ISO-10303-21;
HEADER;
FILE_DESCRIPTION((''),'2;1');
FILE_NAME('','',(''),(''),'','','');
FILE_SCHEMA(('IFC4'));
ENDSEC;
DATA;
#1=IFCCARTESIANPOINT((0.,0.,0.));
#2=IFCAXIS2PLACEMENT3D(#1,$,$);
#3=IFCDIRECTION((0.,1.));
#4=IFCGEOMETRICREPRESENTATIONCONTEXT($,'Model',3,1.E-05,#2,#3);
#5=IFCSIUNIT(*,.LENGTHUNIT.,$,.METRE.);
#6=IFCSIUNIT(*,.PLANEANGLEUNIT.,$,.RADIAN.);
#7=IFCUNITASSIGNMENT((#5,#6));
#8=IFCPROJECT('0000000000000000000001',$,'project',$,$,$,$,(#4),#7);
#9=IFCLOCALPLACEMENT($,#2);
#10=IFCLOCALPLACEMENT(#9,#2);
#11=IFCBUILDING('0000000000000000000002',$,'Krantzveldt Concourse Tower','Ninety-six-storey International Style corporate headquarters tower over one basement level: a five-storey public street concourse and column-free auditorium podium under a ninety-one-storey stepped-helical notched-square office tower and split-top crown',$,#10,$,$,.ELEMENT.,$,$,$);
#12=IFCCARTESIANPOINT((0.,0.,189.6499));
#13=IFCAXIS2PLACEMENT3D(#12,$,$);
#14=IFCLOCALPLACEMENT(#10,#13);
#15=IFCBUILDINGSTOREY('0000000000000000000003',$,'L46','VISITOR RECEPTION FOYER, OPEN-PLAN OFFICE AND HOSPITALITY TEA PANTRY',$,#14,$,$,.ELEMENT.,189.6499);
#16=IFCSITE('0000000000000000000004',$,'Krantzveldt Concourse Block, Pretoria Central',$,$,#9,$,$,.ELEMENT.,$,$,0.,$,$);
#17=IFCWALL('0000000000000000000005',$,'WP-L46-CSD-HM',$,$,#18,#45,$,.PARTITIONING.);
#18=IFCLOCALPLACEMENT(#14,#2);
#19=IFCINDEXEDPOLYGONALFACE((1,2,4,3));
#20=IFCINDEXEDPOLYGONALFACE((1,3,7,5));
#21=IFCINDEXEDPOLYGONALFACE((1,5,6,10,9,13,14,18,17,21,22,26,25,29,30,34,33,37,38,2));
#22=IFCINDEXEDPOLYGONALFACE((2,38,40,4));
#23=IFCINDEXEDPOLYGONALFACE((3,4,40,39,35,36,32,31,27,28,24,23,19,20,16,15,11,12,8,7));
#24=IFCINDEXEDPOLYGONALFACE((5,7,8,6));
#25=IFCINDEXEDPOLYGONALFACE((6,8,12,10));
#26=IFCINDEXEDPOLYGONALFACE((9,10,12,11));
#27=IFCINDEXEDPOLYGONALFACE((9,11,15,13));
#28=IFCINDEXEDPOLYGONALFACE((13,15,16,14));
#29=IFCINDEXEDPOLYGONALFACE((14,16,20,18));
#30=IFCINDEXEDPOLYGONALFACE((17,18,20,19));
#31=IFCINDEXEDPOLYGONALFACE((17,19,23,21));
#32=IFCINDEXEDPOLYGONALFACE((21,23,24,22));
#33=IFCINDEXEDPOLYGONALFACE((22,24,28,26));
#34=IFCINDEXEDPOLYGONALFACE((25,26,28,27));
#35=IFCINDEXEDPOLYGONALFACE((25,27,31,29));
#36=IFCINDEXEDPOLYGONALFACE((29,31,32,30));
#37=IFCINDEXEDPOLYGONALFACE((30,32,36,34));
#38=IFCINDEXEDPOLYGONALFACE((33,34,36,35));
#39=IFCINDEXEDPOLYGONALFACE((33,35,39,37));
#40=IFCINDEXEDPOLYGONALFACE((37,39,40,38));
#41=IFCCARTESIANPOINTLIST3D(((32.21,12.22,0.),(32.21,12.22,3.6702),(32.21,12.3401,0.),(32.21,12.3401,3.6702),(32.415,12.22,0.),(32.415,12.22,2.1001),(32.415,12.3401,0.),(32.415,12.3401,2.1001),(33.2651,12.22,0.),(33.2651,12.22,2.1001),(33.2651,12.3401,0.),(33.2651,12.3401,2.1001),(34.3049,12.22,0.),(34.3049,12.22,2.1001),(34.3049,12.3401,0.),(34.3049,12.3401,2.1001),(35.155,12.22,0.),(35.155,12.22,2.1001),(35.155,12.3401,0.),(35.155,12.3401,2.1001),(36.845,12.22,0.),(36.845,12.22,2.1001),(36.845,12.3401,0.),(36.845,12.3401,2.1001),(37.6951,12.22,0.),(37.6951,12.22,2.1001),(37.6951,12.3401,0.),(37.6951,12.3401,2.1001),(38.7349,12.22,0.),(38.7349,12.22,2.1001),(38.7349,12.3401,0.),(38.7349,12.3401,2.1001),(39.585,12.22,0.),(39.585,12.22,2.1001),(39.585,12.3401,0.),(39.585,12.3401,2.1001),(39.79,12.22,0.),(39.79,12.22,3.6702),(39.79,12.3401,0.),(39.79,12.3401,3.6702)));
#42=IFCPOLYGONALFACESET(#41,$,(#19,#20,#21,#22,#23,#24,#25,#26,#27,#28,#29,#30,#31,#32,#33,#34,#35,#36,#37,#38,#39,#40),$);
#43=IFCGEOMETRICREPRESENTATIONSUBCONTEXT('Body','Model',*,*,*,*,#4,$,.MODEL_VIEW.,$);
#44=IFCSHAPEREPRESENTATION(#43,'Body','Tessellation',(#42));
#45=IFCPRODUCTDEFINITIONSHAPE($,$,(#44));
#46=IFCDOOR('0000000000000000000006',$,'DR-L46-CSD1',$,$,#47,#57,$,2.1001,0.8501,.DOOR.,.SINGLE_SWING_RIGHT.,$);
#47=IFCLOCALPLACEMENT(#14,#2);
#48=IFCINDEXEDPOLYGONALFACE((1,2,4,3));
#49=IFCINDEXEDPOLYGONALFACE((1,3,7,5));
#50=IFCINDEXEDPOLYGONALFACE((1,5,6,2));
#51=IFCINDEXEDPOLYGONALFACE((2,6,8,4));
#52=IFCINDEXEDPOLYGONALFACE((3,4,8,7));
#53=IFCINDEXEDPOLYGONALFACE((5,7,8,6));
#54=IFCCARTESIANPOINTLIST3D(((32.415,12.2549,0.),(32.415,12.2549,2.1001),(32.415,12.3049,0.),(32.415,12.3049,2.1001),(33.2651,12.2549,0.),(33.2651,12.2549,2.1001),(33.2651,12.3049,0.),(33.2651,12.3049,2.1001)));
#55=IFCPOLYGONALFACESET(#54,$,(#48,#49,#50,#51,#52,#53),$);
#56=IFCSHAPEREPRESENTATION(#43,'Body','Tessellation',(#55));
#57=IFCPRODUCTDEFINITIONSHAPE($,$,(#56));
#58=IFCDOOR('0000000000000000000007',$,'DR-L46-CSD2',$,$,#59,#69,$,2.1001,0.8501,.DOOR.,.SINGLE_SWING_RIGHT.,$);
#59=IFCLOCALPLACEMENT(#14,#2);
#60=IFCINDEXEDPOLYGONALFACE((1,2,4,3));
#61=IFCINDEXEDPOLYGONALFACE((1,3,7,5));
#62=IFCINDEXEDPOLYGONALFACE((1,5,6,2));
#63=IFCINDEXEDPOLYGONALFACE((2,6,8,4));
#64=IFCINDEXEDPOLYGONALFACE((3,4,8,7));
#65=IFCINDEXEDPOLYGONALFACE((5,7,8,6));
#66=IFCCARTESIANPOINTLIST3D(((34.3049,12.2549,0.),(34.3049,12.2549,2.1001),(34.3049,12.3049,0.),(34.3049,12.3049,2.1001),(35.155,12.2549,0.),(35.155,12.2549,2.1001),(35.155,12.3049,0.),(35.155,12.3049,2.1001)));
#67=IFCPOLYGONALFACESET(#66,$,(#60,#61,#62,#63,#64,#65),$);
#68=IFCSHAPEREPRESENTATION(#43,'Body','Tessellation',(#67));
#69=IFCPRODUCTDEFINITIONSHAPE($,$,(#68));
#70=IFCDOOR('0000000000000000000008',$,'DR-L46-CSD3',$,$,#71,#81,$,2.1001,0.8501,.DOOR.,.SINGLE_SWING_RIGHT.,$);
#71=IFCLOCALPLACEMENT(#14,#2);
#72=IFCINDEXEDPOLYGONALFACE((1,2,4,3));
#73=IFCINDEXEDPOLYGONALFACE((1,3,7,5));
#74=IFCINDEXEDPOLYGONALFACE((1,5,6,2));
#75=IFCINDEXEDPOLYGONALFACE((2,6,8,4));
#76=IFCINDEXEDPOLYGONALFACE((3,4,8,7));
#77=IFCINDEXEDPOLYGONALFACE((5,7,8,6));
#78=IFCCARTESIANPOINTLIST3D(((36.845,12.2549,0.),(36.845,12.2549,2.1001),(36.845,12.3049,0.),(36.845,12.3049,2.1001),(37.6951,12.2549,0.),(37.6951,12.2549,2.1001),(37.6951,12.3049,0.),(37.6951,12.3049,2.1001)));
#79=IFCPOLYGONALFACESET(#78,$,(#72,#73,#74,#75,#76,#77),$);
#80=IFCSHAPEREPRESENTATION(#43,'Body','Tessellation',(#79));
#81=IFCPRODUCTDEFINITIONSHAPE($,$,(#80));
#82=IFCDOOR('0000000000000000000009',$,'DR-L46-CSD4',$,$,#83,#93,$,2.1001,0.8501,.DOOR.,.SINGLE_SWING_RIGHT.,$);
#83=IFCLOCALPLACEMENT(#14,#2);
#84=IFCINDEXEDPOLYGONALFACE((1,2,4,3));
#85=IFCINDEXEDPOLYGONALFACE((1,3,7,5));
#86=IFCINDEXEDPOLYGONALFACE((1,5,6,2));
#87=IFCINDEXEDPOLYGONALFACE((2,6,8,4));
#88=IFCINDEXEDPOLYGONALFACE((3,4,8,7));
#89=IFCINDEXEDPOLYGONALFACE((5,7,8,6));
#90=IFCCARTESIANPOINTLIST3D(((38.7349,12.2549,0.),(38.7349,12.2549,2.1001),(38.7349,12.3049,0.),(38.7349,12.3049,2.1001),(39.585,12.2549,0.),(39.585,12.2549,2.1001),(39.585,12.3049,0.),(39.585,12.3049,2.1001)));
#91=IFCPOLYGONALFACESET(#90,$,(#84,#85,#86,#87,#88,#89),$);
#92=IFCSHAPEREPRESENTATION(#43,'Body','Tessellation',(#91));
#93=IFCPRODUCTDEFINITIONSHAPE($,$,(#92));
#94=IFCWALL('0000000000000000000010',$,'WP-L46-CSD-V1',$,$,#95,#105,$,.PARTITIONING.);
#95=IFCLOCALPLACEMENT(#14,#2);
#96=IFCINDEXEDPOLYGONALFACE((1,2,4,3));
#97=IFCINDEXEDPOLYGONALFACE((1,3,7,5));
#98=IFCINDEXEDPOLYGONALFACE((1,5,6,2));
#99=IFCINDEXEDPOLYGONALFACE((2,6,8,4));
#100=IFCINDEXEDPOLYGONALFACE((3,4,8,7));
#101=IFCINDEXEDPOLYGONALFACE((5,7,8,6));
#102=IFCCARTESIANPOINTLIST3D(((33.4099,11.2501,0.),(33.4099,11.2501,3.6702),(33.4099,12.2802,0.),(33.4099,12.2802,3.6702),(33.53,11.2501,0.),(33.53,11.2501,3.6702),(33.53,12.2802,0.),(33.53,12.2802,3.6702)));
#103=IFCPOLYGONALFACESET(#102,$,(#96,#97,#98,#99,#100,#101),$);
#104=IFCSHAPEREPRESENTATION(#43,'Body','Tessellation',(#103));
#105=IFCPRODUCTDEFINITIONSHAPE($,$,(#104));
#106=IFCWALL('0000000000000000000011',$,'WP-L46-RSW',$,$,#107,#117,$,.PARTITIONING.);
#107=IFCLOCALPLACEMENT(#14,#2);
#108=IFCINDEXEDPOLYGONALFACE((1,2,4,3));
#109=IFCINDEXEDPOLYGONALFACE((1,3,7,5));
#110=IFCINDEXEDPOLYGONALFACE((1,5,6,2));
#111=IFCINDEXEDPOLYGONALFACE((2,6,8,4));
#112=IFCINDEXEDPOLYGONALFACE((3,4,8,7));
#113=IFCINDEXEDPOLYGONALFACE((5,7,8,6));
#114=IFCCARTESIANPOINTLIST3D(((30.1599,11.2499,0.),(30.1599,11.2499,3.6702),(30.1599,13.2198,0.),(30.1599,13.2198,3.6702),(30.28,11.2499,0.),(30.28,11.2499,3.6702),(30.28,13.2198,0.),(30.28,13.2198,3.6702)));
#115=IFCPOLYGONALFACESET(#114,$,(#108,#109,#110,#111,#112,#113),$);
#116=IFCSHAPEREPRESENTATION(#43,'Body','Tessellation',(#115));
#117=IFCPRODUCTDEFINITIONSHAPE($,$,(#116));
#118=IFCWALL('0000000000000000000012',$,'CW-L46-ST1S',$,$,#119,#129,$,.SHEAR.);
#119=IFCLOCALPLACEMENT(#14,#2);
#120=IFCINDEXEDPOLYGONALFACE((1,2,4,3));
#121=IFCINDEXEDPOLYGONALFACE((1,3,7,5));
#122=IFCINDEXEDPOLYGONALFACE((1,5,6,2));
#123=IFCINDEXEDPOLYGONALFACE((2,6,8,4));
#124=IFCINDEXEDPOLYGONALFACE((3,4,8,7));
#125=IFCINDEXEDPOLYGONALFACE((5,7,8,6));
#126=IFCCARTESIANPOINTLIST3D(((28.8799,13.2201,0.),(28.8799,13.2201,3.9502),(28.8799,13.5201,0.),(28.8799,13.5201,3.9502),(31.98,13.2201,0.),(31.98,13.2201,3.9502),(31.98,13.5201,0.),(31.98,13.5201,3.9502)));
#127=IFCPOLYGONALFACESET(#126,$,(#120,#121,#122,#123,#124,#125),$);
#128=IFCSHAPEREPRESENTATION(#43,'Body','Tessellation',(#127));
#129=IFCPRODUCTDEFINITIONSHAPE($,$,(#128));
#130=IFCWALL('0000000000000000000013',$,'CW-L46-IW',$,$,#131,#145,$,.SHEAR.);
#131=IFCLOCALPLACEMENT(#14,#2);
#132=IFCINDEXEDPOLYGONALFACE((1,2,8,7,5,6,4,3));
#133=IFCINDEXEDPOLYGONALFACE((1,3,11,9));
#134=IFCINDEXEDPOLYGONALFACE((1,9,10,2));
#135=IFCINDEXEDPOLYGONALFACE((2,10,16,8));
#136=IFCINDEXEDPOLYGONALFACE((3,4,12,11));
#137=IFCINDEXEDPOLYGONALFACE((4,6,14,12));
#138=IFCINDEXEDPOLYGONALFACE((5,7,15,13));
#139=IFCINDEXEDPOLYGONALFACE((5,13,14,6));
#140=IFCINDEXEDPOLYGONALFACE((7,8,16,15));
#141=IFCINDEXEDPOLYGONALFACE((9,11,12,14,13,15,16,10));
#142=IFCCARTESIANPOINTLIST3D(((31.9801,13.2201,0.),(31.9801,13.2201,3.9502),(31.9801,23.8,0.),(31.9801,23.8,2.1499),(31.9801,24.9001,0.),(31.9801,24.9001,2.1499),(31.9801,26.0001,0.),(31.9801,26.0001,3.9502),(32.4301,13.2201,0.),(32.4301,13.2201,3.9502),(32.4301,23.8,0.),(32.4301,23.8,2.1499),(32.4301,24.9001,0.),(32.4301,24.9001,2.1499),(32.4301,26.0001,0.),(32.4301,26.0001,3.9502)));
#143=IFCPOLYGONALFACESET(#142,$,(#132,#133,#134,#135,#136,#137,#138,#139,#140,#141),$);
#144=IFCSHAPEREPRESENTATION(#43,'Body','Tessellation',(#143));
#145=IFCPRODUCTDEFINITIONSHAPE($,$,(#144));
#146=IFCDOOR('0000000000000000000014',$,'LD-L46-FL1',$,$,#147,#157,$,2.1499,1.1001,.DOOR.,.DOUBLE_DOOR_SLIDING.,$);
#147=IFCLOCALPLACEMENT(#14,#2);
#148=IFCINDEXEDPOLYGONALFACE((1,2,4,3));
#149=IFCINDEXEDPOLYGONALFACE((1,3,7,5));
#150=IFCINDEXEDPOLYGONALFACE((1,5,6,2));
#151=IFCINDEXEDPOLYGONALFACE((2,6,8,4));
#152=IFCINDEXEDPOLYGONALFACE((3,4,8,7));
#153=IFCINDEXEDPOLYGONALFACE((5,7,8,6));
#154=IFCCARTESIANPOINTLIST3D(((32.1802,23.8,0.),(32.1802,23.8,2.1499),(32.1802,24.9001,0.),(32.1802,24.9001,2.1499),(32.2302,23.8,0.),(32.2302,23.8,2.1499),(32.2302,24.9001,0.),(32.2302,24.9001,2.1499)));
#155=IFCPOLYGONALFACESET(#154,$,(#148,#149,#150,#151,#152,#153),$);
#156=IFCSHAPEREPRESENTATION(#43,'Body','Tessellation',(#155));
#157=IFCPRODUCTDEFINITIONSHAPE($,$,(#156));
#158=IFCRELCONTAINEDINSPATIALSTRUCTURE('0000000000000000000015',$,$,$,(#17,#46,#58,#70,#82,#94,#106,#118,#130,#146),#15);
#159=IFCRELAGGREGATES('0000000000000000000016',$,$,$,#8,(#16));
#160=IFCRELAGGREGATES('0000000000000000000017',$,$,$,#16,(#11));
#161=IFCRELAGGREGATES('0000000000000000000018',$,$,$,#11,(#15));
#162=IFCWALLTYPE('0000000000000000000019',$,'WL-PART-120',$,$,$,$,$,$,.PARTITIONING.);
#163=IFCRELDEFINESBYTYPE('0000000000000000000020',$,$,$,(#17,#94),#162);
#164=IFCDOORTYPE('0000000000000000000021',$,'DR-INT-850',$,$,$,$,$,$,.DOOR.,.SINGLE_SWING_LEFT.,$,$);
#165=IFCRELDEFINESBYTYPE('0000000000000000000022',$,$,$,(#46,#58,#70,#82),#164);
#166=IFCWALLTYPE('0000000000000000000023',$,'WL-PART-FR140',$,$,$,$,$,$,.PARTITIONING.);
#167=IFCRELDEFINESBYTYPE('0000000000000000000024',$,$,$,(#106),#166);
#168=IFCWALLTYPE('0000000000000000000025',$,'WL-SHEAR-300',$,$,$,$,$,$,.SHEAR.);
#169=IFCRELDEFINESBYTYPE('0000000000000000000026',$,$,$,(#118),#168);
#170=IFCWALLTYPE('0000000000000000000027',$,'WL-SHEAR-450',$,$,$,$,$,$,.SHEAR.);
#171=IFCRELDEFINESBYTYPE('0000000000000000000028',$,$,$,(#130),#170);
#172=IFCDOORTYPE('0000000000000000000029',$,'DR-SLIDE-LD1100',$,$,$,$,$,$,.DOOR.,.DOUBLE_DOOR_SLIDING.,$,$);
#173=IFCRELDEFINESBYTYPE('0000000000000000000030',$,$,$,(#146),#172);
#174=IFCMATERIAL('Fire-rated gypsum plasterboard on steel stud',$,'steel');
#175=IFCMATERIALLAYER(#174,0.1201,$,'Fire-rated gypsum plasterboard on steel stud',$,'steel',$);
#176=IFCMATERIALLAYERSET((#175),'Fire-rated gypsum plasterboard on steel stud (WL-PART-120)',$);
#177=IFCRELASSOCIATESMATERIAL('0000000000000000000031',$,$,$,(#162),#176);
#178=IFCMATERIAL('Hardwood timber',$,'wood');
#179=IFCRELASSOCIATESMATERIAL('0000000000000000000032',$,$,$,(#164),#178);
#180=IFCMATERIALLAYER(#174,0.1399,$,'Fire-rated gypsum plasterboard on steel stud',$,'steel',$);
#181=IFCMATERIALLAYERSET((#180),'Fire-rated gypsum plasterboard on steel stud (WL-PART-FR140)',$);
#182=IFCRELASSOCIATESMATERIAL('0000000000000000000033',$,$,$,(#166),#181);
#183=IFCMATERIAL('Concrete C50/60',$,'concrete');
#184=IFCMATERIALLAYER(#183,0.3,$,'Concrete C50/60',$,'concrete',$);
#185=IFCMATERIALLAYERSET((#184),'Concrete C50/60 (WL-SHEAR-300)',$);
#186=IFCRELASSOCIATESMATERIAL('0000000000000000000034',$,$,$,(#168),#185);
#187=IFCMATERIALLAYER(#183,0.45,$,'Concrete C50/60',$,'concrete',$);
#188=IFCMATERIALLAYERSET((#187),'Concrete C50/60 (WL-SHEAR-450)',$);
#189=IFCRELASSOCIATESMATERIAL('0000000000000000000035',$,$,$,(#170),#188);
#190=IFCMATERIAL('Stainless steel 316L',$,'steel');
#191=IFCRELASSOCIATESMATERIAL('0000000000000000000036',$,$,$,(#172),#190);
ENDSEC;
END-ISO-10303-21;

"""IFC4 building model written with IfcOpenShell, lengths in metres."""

from ifc_helpers import new_model, si_unit, direction, frame, frame_2d, origin, place, context, subcontext, project, spatial, rectangle, extrude, material, layer, layer_set, type_object, element, fill, save


model = new_model("IFC4")

# Units and contexts
model_context = context("Model", 3, precision=1e-05, world=origin(), true_north=direction((0.0, 1.0)))
body_context = subcontext(model_context, "Body", "Model", "MODEL_VIEW")
ifc_project = project(units=[si_unit("LENGTHUNIT", "METRE"), si_unit("PLANEANGLEUNIT", "RADIAN")], contexts=[model_context])

# Site, building, storey
site_placement = place(None, origin())
site = spatial("IfcSite", under=ifc_project, at=site_placement, Name="Krantzveldt Concourse Block, Pretoria Central", CompositionType="ELEMENT", RefElevation=0.0)
building_placement = place(site_placement, origin())
building = spatial("IfcBuilding", under=site, at=building_placement, Name="Krantzveldt Concourse Tower", Description="Ninety-six-storey International Style corporate headquarters tower over one basement level: a five-storey public street concourse and column-free auditorium podium under a ninety-one-storey stepped-helical notched-square office tower and split-top crown", CompositionType="ELEMENT")
storey_placement = place(building_placement, frame((0.0, 0.0, 189.6499)))
storey = spatial("IfcBuildingStorey", under=building, at=storey_placement, Name="L46", Description="VISITOR RECEPTION FOYER, OPEN-PLAN OFFICE AND HOSPITALITY TEA PANTRY", CompositionType="ELEMENT", Elevation=189.6499)

# Shared definitions
ifc_material_1 = material(Name="Fire-rated gypsum plasterboard on steel stud", Category="steel")
ifc_layer_1 = layer(ifc_material_1, 0.1201, Name="Fire-rated gypsum plasterboard on steel stud", Category="steel")
ifc_layer_set_1 = layer_set([ifc_layer_1], Name="Fire-rated gypsum plasterboard on steel stud (WL-PART-120)")
wall_type_1 = type_object("IfcWallType", Name="WL-PART-120", PredefinedType="PARTITIONING", material=ifc_layer_set_1)
ifc_material_2 = material(Name="Hardwood timber", Category="wood")
door_type_1 = type_object("IfcDoorType", Name="DR-INT-850", OperationType="SINGLE_SWING_LEFT", PredefinedType="DOOR", material=ifc_material_2)

# Wall, openings, doors
wall_1_placement = place(storey_placement, frame((32.21, 12.28, 0.0), z_axis=(0.0, 0.0, 1.0), x_axis=(1.0, 0.0, 0.0)))
wall_1 = element("IfcWall", 1, at=wall_1_placement, inside=storey, type_object=wall_type_1, Name="WP-L46-CSD-HM", PredefinedType="PARTITIONING", context=body_context, shape_type="SweptSolid", body=[
    extrude(rectangle(XDim=7.5801, YDim=0.1201, at=frame_2d((3.79, 0.0))), origin(), (0.0, 0.0, 1.0), 3.6702),
])
opening_1_placement = place(wall_1_placement, frame((0.2051, 0.0, 0.0)))
opening_1 = element("IfcOpeningElement", 2, at=opening_1_placement, cuts=wall_1, PredefinedType="OPENING", context=body_context, shape_type="SweptSolid", body=[
    extrude(rectangle(XDim=0.8501, YDim=2.1001, at=frame_2d((0.425, 1.05))), frame((0.0, 0.0701, 0.0), z_axis=(0.0, -1.0, 0.0), x_axis=(1.0, 0.0, 0.0)), (0.0, 0.0, 1.0), 0.1401),
])
opening_2_placement = place(wall_1_placement, frame((2.095, 0.0, 0.0)))
opening_2 = element("IfcOpeningElement", 3, at=opening_2_placement, cuts=wall_1, PredefinedType="OPENING", context=body_context, shape_type="SweptSolid", body=[
    extrude(rectangle(XDim=0.8501, YDim=2.1001, at=frame_2d((0.425, 1.05))), frame((0.0, 0.0701, 0.0), z_axis=(0.0, -1.0, 0.0), x_axis=(1.0, 0.0, 0.0)), (0.0, 0.0, 1.0), 0.1401),
])
opening_3_placement = place(wall_1_placement, frame((4.635, 0.0, 0.0)))
opening_3 = element("IfcOpeningElement", 4, at=opening_3_placement, cuts=wall_1, PredefinedType="OPENING", context=body_context, shape_type="SweptSolid", body=[
    extrude(rectangle(XDim=0.8501, YDim=2.1001, at=frame_2d((0.425, 1.05))), frame((0.0, 0.0701, 0.0), z_axis=(0.0, -1.0, 0.0), x_axis=(1.0, 0.0, 0.0)), (0.0, 0.0, 1.0), 0.1401),
])
opening_4_placement = place(wall_1_placement, frame((6.5249, 0.0, 0.0)))
opening_4 = element("IfcOpeningElement", 5, at=opening_4_placement, cuts=wall_1, PredefinedType="OPENING", context=body_context, shape_type="SweptSolid", body=[
    extrude(rectangle(XDim=0.8501, YDim=2.1001, at=frame_2d((0.425, 1.05))), frame((0.0, 0.0701, 0.0), z_axis=(0.0, -1.0, 0.0), x_axis=(1.0, 0.0, 0.0)), (0.0, 0.0, 1.0), 0.1401),
])
door_1_placement = place(opening_1_placement, origin())
door_1 = element("IfcDoor", 6, at=door_1_placement, inside=storey, type_object=door_type_1, Name="DR-L46-CSD1", OperationType="SINGLE_SWING_RIGHT", OverallHeight=2.1001, OverallWidth=0.8501, PredefinedType="DOOR", context=body_context, shape_type="SweptSolid", body=[
    extrude(rectangle(XDim=0.8501, YDim=2.1001, at=frame_2d((0.425, 1.05))), frame((0.0, 0.0249, 0.0), z_axis=(0.0, -1.0, 0.0), x_axis=(1.0, 0.0, 0.0)), (0.0, 0.0, 1.0), 0.05),
])
fill(opening_1, door_1)
door_2_placement = place(opening_2_placement, origin())
door_2 = element("IfcDoor", 7, at=door_2_placement, inside=storey, type_object=door_type_1, Name="DR-L46-CSD2", OperationType="SINGLE_SWING_RIGHT", OverallHeight=2.1001, OverallWidth=0.8501, PredefinedType="DOOR", context=body_context, shape_type="SweptSolid", body=[
    extrude(rectangle(XDim=0.8501, YDim=2.1001, at=frame_2d((0.425, 1.05))), frame((0.0, 0.0249, 0.0), z_axis=(0.0, -1.0, 0.0), x_axis=(1.0, 0.0, 0.0)), (0.0, 0.0, 1.0), 0.05),
])
fill(opening_2, door_2)
door_3_placement = place(opening_3_placement, origin())
door_3 = element("IfcDoor", 8, at=door_3_placement, inside=storey, type_object=door_type_1, Name="DR-L46-CSD3", OperationType="SINGLE_SWING_RIGHT", OverallHeight=2.1001, OverallWidth=0.8501, PredefinedType="DOOR", context=body_context, shape_type="SweptSolid", body=[
    extrude(rectangle(XDim=0.8501, YDim=2.1001, at=frame_2d((0.425, 1.05))), frame((0.0, 0.0249, 0.0), z_axis=(0.0, -1.0, 0.0), x_axis=(1.0, 0.0, 0.0)), (0.0, 0.0, 1.0), 0.05),
])
fill(opening_3, door_3)
door_4_placement = place(opening_4_placement, origin())
door_4 = element("IfcDoor", 9, at=door_4_placement, inside=storey, type_object=door_type_1, Name="DR-L46-CSD4", OperationType="SINGLE_SWING_RIGHT", OverallHeight=2.1001, OverallWidth=0.8501, PredefinedType="DOOR", context=body_context, shape_type="SweptSolid", body=[
    extrude(rectangle(XDim=0.8501, YDim=2.1001, at=frame_2d((0.425, 1.05))), frame((0.0, 0.0249, 0.0), z_axis=(0.0, -1.0, 0.0), x_axis=(1.0, 0.0, 0.0)), (0.0, 0.0, 1.0), 0.05),
])
fill(opening_4, door_4)

# Walls
wall_2_placement = place(storey_placement, frame((33.47, 11.25, 0.0), z_axis=(0.0, 0.0, 1.0), x_axis=(0.0, 1.0, 0.0)))
element("IfcWall", 10, at=wall_2_placement, inside=storey, type_object=wall_type_1, Name="WP-L46-CSD-V1", PredefinedType="PARTITIONING", context=body_context, shape_type="SweptSolid", body=[
    extrude(rectangle(XDim=1.03, YDim=0.1201, at=frame_2d((0.5151, 0.0))), origin(), (0.0, 0.0, 1.0), 3.6702),
])
ifc_layer_2 = layer(ifc_material_1, 0.1399, Name="Fire-rated gypsum plasterboard on steel stud", Category="steel")
ifc_layer_set_2 = layer_set([ifc_layer_2], Name="Fire-rated gypsum plasterboard on steel stud (WL-PART-FR140)")
wall_type_2 = type_object("IfcWallType", Name="WL-PART-FR140", PredefinedType="PARTITIONING", material=ifc_layer_set_2)
wall_3_placement = place(storey_placement, frame((30.22, 11.25, 0.0), z_axis=(0.0, 0.0, 1.0), x_axis=(0.0, 1.0, 0.0)))
element("IfcWall", 11, at=wall_3_placement, inside=storey, type_object=wall_type_2, Name="WP-L46-RSW", PredefinedType="PARTITIONING", context=body_context, shape_type="SweptSolid", body=[
    extrude(rectangle(XDim=1.97, YDim=0.1201, at=frame_2d((0.9849, 0.0))), origin(), (0.0, 0.0, 1.0), 3.6702),
])
ifc_material_3 = material(Name="Concrete C50/60", Category="concrete")
ifc_layer_3 = layer(ifc_material_3, 0.3, Name="Concrete C50/60", Category="concrete")
ifc_layer_set_3 = layer_set([ifc_layer_3], Name="Concrete C50/60 (WL-SHEAR-300)")
wall_type_3 = type_object("IfcWallType", Name="WL-SHEAR-300", PredefinedType="SHEAR", material=ifc_layer_set_3)
wall_4_placement = place(storey_placement, frame((28.8799, 13.3701, 0.0), z_axis=(0.0, 0.0, 1.0), x_axis=(1.0, 0.0, 0.0)))
element("IfcWall", 12, at=wall_4_placement, inside=storey, type_object=wall_type_3, Name="CW-L46-ST1S", PredefinedType="SHEAR", context=body_context, shape_type="SweptSolid", body=[
    extrude(rectangle(XDim=3.1001, YDim=0.3, at=frame_2d((1.55, 0.0))), origin(), (0.0, 0.0, 1.0), 3.9502),
])

# Wall, opening, door
ifc_layer_4 = layer(ifc_material_3, 0.45, Name="Concrete C50/60", Category="concrete")
ifc_layer_set_4 = layer_set([ifc_layer_4], Name="Concrete C50/60 (WL-SHEAR-450)")
wall_type_4 = type_object("IfcWallType", Name="WL-SHEAR-450", PredefinedType="SHEAR", material=ifc_layer_set_4)
wall_5_placement = place(storey_placement, frame((32.2051, 13.22, 0.0), z_axis=(0.0, 0.0, 1.0), x_axis=(0.0, 1.0, 0.0)))
wall_5 = element("IfcWall", 13, at=wall_5_placement, inside=storey, type_object=wall_type_4, Name="CW-L46-IW", PredefinedType="SHEAR", context=body_context, shape_type="SweptSolid", body=[
    extrude(rectangle(XDim=12.78, YDim=0.45, at=frame_2d((6.3901, 0.0))), origin(), (0.0, 0.0, 1.0), 3.9502),
])
opening_5_placement = place(wall_5_placement, frame((10.5801, 0.0, 0.0)))
opening_5 = element("IfcOpeningElement", 14, at=opening_5_placement, cuts=wall_5, PredefinedType="OPENING", context=body_context, shape_type="SweptSolid", body=[
    extrude(rectangle(XDim=1.1001, YDim=2.1499, at=frame_2d((0.55, 1.075))), frame((0.0, 0.2349, 0.0), z_axis=(0.0, -1.0, 0.0), x_axis=(1.0, 0.0, 0.0)), (0.0, 0.0, 1.0), 0.47),
])
ifc_material_4 = material(Name="Stainless steel 316L", Category="steel")
door_type_2 = type_object("IfcDoorType", Name="DR-SLIDE-LD1100", OperationType="DOUBLE_DOOR_SLIDING", PredefinedType="DOOR", material=ifc_material_4)
door_5_placement = place(opening_5_placement, origin())
door_5 = element("IfcDoor", 15, at=door_5_placement, inside=storey, type_object=door_type_2, Name="LD-L46-FL1", OperationType="DOUBLE_DOOR_SLIDING", OverallHeight=2.1499, OverallWidth=1.1001, PredefinedType="DOOR", context=body_context, shape_type="SweptSolid", body=[
    extrude(rectangle(XDim=1.1001, YDim=2.1499, at=frame_2d((0.55, 1.075))), frame((0.0, 0.0249, 0.0), z_axis=(0.0, -1.0, 0.0), x_axis=(1.0, 0.0, 0.0)), (0.0, 0.0, 1.0), 0.05),
])
fill(opening_5, door_5)

save(model, "model.ifc")
